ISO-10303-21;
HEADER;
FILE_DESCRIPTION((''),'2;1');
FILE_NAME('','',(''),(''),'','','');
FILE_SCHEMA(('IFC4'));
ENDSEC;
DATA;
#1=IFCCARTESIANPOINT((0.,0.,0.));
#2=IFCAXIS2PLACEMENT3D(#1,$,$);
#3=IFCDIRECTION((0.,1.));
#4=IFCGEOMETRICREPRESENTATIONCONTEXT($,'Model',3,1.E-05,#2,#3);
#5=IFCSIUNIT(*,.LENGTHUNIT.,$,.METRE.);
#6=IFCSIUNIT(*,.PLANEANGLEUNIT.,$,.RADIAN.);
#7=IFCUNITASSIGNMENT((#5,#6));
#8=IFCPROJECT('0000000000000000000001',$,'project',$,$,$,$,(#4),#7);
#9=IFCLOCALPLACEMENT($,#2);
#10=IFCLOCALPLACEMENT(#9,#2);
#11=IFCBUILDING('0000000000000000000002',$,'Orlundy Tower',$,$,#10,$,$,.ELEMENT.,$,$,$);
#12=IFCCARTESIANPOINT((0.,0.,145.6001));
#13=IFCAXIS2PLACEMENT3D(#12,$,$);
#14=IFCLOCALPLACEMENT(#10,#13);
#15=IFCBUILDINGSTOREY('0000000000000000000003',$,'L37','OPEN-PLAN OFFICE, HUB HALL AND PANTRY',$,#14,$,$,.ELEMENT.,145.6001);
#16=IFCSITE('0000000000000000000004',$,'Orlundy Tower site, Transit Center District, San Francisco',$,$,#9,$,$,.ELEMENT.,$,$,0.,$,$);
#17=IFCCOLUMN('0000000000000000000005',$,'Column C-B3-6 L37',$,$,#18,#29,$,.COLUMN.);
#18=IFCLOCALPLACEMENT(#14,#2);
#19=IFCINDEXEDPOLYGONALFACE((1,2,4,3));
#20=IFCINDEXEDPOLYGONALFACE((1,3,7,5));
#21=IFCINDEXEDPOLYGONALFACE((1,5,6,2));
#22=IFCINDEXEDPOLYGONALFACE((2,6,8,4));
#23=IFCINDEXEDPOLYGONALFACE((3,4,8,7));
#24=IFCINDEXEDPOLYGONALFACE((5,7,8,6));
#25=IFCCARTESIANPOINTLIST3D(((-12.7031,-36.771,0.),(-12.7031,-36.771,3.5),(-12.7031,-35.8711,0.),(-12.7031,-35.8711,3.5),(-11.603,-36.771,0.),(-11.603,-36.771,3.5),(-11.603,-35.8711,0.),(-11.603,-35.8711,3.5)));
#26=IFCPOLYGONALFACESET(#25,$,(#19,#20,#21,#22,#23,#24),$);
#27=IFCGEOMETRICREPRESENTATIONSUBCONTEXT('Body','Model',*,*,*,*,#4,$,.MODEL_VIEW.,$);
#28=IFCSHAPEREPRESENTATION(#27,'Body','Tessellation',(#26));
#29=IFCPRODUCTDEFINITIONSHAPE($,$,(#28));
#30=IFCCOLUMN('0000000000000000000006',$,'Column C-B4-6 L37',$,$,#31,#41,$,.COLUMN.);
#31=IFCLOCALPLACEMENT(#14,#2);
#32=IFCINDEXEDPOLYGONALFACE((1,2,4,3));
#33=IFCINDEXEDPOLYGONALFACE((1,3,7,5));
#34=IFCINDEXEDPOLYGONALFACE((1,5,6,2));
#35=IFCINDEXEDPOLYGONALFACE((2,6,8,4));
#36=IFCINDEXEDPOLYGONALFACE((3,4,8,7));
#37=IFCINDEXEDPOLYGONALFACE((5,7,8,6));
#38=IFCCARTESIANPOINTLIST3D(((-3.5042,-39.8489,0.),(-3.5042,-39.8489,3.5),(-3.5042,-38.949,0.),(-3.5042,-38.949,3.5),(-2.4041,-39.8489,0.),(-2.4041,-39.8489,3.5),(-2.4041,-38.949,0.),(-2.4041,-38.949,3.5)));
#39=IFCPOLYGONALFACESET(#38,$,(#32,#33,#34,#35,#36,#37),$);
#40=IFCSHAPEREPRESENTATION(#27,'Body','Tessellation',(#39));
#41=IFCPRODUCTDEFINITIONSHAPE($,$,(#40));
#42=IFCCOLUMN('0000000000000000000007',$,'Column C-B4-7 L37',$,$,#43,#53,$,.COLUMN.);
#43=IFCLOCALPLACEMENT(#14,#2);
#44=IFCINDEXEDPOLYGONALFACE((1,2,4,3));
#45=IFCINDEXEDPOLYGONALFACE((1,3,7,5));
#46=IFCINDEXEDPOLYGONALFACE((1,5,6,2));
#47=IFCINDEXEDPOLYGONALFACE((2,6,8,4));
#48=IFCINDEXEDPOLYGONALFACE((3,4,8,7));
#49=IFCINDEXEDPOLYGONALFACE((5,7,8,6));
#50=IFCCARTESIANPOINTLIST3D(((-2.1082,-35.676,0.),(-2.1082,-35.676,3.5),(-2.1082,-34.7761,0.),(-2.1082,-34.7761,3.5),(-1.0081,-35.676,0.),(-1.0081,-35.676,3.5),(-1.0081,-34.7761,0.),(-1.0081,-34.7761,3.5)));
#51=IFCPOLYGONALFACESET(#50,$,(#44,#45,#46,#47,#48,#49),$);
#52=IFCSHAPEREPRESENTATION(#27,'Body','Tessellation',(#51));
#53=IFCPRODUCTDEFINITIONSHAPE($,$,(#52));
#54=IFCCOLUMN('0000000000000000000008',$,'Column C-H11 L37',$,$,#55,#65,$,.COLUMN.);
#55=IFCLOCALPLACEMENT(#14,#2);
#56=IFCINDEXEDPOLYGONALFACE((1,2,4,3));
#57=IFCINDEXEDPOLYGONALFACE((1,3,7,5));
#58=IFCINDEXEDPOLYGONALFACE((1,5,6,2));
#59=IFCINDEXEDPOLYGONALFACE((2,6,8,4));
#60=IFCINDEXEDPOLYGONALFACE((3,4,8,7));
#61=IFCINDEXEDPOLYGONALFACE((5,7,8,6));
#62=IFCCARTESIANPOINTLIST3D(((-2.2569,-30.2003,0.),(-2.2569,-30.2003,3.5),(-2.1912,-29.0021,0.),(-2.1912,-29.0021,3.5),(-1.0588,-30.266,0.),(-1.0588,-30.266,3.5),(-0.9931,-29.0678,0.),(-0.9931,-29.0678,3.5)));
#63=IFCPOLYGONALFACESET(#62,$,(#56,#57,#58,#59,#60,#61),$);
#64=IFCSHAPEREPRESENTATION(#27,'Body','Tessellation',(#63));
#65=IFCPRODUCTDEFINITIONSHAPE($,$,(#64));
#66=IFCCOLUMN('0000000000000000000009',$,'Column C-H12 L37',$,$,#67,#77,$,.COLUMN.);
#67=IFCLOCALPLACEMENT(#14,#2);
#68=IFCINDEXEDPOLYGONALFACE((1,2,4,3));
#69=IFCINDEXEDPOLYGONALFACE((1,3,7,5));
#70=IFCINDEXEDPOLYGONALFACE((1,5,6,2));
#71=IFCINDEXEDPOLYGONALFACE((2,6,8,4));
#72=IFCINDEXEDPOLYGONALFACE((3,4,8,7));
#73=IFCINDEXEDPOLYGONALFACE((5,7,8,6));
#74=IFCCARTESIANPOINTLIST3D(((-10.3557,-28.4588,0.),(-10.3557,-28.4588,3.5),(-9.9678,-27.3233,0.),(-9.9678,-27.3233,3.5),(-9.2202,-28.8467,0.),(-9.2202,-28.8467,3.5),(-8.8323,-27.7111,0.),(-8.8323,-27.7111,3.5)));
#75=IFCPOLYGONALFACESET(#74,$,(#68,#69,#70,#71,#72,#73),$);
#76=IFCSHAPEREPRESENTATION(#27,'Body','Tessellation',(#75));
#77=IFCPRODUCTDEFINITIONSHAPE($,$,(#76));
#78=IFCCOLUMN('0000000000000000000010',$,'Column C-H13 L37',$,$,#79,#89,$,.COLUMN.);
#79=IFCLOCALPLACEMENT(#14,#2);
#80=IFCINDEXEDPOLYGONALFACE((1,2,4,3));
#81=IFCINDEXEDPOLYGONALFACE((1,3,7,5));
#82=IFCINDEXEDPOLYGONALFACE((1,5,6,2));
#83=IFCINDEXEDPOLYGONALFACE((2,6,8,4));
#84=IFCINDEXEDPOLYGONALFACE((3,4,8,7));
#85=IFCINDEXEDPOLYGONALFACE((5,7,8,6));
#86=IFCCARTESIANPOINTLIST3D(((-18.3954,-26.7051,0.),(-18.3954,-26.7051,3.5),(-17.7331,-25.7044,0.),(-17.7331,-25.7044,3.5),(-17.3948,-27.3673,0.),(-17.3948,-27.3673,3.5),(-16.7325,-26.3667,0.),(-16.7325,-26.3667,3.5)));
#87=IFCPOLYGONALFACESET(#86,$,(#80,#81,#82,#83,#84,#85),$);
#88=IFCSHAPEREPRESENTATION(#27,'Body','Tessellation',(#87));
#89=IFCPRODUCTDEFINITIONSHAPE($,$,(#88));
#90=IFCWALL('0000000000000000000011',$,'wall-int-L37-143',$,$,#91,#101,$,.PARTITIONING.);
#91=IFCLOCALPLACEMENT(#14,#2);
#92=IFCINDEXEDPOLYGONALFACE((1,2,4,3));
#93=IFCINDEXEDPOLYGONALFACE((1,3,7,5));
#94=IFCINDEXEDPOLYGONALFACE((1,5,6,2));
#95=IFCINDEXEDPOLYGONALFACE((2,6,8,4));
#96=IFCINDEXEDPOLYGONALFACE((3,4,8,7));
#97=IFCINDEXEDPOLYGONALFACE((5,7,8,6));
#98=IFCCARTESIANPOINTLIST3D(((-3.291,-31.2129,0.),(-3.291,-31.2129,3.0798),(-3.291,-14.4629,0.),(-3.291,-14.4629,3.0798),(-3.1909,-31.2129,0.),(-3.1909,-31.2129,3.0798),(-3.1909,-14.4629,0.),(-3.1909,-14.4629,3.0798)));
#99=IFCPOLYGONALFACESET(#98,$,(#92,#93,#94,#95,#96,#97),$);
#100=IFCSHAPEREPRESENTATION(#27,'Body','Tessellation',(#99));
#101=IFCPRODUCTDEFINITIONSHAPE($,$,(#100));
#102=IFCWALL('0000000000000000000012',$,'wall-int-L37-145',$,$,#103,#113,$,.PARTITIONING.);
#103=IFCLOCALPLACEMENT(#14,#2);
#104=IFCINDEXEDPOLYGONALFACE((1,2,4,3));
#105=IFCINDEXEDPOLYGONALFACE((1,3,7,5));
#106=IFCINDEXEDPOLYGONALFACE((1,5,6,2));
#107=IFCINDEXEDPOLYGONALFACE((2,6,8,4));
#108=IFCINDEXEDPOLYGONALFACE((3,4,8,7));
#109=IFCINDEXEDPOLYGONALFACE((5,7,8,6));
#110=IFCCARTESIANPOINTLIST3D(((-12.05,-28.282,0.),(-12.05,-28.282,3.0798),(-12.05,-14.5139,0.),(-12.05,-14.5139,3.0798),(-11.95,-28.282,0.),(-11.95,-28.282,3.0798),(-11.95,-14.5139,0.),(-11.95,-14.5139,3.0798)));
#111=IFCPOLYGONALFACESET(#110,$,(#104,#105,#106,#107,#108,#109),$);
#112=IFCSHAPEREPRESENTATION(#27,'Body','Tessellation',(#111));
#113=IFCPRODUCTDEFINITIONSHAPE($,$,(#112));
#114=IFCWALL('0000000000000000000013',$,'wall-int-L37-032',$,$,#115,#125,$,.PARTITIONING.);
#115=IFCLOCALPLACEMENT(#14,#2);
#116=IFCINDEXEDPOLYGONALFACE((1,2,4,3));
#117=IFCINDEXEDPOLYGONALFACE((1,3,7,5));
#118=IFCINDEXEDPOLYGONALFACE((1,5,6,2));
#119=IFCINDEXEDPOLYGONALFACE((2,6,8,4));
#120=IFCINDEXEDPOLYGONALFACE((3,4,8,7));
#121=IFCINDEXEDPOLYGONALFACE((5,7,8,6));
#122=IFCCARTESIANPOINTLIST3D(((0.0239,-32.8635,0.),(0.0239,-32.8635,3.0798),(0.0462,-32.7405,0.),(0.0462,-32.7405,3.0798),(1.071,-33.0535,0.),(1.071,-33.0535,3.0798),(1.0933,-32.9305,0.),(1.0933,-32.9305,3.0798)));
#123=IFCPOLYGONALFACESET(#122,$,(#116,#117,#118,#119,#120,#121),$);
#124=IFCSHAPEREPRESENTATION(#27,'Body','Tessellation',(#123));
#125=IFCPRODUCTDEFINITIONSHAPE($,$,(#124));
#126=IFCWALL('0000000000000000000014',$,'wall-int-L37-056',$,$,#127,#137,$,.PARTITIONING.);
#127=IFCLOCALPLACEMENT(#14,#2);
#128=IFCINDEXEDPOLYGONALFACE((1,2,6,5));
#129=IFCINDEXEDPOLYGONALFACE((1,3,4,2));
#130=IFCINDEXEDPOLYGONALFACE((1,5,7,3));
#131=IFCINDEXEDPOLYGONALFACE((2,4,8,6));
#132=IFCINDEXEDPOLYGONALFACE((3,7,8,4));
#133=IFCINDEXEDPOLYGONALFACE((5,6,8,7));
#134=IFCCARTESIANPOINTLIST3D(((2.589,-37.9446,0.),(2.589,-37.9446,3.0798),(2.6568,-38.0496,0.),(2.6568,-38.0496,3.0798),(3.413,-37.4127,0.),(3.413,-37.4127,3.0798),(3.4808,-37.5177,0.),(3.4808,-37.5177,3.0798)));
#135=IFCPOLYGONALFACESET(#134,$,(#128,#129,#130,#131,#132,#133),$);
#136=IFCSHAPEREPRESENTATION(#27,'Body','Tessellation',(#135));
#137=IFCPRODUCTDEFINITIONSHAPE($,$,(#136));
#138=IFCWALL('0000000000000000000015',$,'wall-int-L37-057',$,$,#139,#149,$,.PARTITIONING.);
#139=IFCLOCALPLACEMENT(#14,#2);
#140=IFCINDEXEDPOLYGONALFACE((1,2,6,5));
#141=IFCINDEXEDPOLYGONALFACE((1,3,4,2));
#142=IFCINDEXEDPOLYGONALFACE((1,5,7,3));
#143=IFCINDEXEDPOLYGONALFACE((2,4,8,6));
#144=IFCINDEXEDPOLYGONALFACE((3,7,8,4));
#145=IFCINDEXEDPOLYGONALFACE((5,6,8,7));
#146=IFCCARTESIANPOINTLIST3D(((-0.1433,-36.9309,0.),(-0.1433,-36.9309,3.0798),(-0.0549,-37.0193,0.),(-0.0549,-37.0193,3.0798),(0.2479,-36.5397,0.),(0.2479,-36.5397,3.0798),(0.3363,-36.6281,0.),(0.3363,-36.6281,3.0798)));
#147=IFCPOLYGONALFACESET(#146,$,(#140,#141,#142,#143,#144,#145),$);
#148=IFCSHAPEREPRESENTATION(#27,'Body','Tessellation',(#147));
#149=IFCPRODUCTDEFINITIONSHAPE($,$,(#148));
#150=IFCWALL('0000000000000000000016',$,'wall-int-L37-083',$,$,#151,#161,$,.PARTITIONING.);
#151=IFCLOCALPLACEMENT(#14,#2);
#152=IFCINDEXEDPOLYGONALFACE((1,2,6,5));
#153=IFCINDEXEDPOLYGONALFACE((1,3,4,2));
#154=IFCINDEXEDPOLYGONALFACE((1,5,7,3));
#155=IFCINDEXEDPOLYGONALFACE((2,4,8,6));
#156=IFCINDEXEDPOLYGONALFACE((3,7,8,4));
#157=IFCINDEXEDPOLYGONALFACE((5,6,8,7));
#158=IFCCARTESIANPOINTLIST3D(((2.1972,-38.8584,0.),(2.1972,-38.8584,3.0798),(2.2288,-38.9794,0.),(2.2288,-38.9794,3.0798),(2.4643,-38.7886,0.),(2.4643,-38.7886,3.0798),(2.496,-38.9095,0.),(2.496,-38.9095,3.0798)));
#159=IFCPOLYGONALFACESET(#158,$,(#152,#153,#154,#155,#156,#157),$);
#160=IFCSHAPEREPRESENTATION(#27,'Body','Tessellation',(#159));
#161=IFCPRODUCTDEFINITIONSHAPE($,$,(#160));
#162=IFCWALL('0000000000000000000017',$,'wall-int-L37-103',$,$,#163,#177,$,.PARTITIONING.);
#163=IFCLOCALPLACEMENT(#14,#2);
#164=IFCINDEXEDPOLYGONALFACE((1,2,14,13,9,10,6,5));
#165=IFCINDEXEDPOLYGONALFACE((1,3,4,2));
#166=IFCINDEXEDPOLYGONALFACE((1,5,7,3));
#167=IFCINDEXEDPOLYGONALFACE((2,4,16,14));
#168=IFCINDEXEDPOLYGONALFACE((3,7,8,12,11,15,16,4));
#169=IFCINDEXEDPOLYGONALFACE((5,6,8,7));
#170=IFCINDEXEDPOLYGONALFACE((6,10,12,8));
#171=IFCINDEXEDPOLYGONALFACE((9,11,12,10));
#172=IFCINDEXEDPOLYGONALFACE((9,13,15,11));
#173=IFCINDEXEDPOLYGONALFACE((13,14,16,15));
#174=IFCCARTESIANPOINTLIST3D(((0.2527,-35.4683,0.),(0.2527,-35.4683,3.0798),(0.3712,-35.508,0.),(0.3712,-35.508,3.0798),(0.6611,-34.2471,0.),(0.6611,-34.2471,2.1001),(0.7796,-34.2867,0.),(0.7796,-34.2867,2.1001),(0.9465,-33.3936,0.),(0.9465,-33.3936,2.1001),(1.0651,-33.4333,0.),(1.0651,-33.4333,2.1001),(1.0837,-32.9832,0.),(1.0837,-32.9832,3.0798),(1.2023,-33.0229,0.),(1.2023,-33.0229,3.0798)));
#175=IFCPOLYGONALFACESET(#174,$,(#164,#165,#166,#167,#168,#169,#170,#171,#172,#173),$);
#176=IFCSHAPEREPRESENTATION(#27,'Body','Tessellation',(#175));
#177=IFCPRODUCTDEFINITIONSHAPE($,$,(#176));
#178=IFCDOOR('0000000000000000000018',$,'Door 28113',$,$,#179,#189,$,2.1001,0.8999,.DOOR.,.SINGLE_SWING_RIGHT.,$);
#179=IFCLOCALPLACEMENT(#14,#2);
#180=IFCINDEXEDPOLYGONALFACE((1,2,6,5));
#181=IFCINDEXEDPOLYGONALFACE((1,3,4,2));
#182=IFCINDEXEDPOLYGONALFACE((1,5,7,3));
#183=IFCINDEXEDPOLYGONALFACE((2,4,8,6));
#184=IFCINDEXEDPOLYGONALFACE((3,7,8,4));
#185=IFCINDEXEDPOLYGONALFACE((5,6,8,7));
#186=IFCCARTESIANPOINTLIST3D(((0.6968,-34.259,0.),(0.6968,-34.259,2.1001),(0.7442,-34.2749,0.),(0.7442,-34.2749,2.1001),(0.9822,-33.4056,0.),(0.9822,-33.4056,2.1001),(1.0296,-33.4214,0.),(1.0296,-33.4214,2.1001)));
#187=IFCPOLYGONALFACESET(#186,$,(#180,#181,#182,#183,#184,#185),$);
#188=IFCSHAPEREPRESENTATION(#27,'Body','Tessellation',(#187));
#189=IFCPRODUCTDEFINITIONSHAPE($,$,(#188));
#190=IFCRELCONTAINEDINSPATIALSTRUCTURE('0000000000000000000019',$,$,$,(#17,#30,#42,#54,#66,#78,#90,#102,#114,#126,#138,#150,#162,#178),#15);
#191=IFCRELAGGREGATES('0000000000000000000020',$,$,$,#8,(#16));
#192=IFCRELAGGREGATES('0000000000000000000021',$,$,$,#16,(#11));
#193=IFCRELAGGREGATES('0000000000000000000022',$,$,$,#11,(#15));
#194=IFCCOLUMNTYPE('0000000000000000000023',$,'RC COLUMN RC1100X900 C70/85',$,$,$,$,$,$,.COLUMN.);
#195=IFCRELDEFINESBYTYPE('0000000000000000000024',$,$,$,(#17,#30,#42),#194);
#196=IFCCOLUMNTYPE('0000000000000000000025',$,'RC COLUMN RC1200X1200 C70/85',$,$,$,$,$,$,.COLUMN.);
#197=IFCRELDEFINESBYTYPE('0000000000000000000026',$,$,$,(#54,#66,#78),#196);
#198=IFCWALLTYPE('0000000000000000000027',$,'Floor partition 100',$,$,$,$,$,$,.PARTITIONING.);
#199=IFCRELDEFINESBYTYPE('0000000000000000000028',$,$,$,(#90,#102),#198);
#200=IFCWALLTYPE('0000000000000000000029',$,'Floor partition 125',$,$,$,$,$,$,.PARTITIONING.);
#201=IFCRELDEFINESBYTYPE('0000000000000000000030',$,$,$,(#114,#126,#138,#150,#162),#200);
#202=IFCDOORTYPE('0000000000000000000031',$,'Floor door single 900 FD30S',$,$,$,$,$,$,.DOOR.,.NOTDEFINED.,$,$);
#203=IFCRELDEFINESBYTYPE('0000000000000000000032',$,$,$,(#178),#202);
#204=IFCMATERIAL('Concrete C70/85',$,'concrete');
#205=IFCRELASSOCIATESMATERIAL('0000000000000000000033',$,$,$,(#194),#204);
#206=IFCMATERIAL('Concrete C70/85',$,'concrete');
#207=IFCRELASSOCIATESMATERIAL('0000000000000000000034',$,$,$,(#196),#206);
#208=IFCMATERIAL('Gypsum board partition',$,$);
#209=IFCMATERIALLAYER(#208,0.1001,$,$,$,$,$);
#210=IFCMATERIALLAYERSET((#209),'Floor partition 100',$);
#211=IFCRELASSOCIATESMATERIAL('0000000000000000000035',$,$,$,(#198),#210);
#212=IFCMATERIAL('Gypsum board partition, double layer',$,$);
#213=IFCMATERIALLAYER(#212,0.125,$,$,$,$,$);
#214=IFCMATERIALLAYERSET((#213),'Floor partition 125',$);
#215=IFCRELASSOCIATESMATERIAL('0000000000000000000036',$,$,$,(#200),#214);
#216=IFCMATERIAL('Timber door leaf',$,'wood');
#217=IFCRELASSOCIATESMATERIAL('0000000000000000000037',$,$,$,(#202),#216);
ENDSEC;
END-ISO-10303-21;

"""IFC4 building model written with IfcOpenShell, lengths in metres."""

from ifc_helpers import new_model, si_unit, direction, frame, frame_2d, origin, origin_2d, place, context, subcontext, project, spatial, rectangle, extrude, material, layer, layer_set, material_profile, profile_set, type_object, element, fill, save


model = new_model("IFC4")

# Units and contexts
model_context = context("Model", 3, precision=1e-05, world=origin(), true_north=direction((0.0, 1.0)))
body_context = subcontext(model_context, "Body", "Model", "MODEL_VIEW")
ifc_project = project(units=[si_unit("LENGTHUNIT", "METRE"), si_unit("PLANEANGLEUNIT", "RADIAN")], contexts=[model_context])

# Site, building, storey
site_placement = place(None, origin())
site = spatial("IfcSite", under=ifc_project, at=site_placement, Name="Orlundy Tower site, Transit Center District, San Francisco", CompositionType="ELEMENT", RefElevation=0.0)
building_placement = place(site_placement, origin())
building = spatial("IfcBuilding", under=site, at=building_placement, Name="Orlundy Tower", CompositionType="ELEMENT")
storey_placement = place(building_placement, frame((0.0, 0.0, 145.6001)))
storey = spatial("IfcBuildingStorey", under=building, at=storey_placement, Name="L37", Description="OPEN-PLAN OFFICE, HUB HALL AND PANTRY", CompositionType="ELEMENT", Elevation=145.6001)

# Columns
ifc_material_1 = material(Name="Concrete C70/85", Category="concrete")
ifc_material_profile_1 = material_profile(ifc_material_1, rectangle(XDim=1.1001, YDim=0.8999, at=origin_2d()), Name="RC1100X900")
ifc_profile_set_1 = profile_set([ifc_material_profile_1], Name="Concrete C70/85")
column_type_1 = type_object("IfcColumnType", Name="RC COLUMN RC1100X900 C70/85", PredefinedType="COLUMN", material=ifc_profile_set_1)
for number, where, z_axis, x_axis, name in (
    (1, (-12.1531, -36.321, 0.0), (0.0, 0.0, 1.0), (1.0, 0.0, 0.0), "Column C-B3-6 L37"),
    (2, (-2.9541, -39.3989, 0.0), (0.0, 0.0, 1.0), (1.0, 0.0, 0.0), "Column C-B4-6 L37"),
    (3, (-1.5581, -35.2261, 0.0), (0.0, 0.0, 1.0), (1.0, 0.0, 0.0), "Column C-B4-7 L37"),
):
    element("IfcColumn", number, at=place(storey_placement, frame(where, z_axis=z_axis, x_axis=x_axis)), inside=storey, type_object=column_type_1, Name=name, PredefinedType="COLUMN", context=body_context, shape_type="SweptSolid", body=[
        extrude(rectangle(XDim=1.1001, YDim=0.8999, at=origin_2d()), origin(), (0.0, 0.0, 1.0), 3.5),
    ])
ifc_material_2 = material(Name="Concrete C70/85", Category="concrete")
ifc_material_profile_2 = material_profile(ifc_material_2, rectangle(XDim=1.2, YDim=1.2, at=origin_2d()), Name="RC1200X1200")
ifc_profile_set_2 = profile_set([ifc_material_profile_2], Name="Concrete C70/85")
column_type_2 = type_object("IfcColumnType", Name="RC COLUMN RC1200X1200 C70/85", PredefinedType="COLUMN", material=ifc_profile_set_2)
for number, where, z_axis, x_axis, name in (
    (4, (-1.625, -29.634, 0.0), (0.0, 0.0, 1.0), (-0.054758, -0.9985, 0.0), "Column C-H11 L37"),
    (5, (-9.594, -28.085, 0.0), (0.0, 0.0, 1.0), (-0.323257, -0.946311, 0.0), "Column C-H12 L37"),
    (6, (-17.564, -26.5359, 0.0), (0.0, 0.0, 1.0), (-0.551937, -0.833886, 0.0), "Column C-H13 L37"),
):
    element("IfcColumn", number, at=place(storey_placement, frame(where, z_axis=z_axis, x_axis=x_axis)), inside=storey, type_object=column_type_2, Name=name, PredefinedType="COLUMN", context=body_context, shape_type="SweptSolid", body=[
        extrude(rectangle(XDim=1.2, YDim=1.2, at=origin_2d()), origin(), (0.0, 0.0, 1.0), 3.5),
    ])

# Walls
ifc_material_3 = material(Name="Gypsum board partition")
ifc_layer_1 = layer(ifc_material_3, 0.1001)
ifc_layer_set_1 = layer_set([ifc_layer_1], Name="Floor partition 100")
wall_type_1 = type_object("IfcWallType", Name="Floor partition 100", PredefinedType="PARTITIONING", material=ifc_layer_set_1)
wall_1_placement = place(storey_placement, frame((-3.241, -31.2129, 0.0), z_axis=(0.0, 0.0, 1.0), x_axis=(0.0, 1.0, 0.0)))
element("IfcWall", 7, at=wall_1_placement, inside=storey, type_object=wall_type_1, Name="wall-int-L37-143", PredefinedType="PARTITIONING", context=body_context, shape_type="SweptSolid", body=[
    extrude(rectangle(XDim=16.75, YDim=0.1001, at=frame_2d((8.375, 0.0))), origin(), (0.0, 0.0, 1.0), 3.0798),
])
wall_2_placement = place(storey_placement, frame((-12.0, -28.282, 0.0), z_axis=(0.0, 0.0, 1.0), x_axis=(0.0, 1.0, 0.0)))
element("IfcWall", 8, at=wall_2_placement, inside=storey, type_object=wall_type_1, Name="wall-int-L37-145", PredefinedType="PARTITIONING", context=body_context, shape_type="SweptSolid", body=[
    extrude(rectangle(XDim=13.7681, YDim=0.1001, at=frame_2d((6.884, 0.0))), origin(), (0.0, 0.0, 1.0), 3.0798),
])
ifc_material_4 = material(Name="Gypsum board partition, double layer")
ifc_layer_2 = layer(ifc_material_4, 0.125)
ifc_layer_set_2 = layer_set([ifc_layer_2], Name="Floor partition 125")
wall_type_2 = type_object("IfcWallType", Name="Floor partition 125", PredefinedType="PARTITIONING", material=ifc_layer_set_2)
wall_3_placement = place(storey_placement, frame((0.0349, -32.802, 0.0), z_axis=(0.0, 0.0, 1.0), x_axis=(0.983943, -0.178482, 0.0)))
element("IfcWall", 9, at=wall_3_placement, inside=storey, type_object=wall_type_2, Name="wall-int-L37-032", PredefinedType="PARTITIONING", context=body_context, shape_type="SweptSolid", body=[
    extrude(rectangle(XDim=1.0642, YDim=0.125, at=frame_2d((0.5322, 0.0))), origin(), (0.0, 0.0, 1.0), 3.0798),
])
wall_4_placement = place(storey_placement, frame((2.623, -37.9971, 0.0), z_axis=(0.0, 0.0, 1.0), x_axis=(0.840117, 0.542405, 0.0)))
element("IfcWall", 10, at=wall_4_placement, inside=storey, type_object=wall_type_2, Name="wall-int-L37-056", PredefinedType="PARTITIONING", context=body_context, shape_type="SweptSolid", body=[
    extrude(rectangle(XDim=0.9807, YDim=0.125, at=frame_2d((0.4902, 0.0))), origin(), (0.0, 0.0, 1.0), 3.0798),
])
wall_5_placement = place(storey_placement, frame((-0.0991, -36.9751, 0.0), z_axis=(0.0, 0.0, 1.0), x_axis=(0.707107, 0.707107, 0.0)))
element("IfcWall", 11, at=wall_5_placement, inside=storey, type_object=wall_type_2, Name="wall-int-L37-057", PredefinedType="PARTITIONING", context=body_context, shape_type="SweptSolid", body=[
    extrude(rectangle(XDim=0.5532, YDim=0.125, at=frame_2d((0.2766, 0.0))), origin(), (0.0, 0.0, 1.0), 3.0798),
])
wall_6_placement = place(storey_placement, frame((2.2129, -38.9189, 0.0), z_axis=(0.0, 0.0, 1.0), x_axis=(0.967486, 0.252926, 0.0)))
element("IfcWall", 12, at=wall_6_placement, inside=storey, type_object=wall_type_2, Name="wall-int-L37-083", PredefinedType="PARTITIONING", context=body_context, shape_type="SweptSolid", body=[
    extrude(rectangle(XDim=0.2761, YDim=0.125, at=frame_2d((0.1382, 0.0))), origin(), (0.0, 0.0, 1.0), 3.0798),
])

# Wall, opening, door
wall_7_placement = place(storey_placement, frame((0.312, -35.488, 0.0), z_axis=(0.0, 0.0, 1.0), x_axis=(0.31715, 0.948375, 0.0)))
wall_7 = element("IfcWall", 13, at=wall_7_placement, inside=storey, type_object=wall_type_2, Name="wall-int-L37-103", PredefinedType="PARTITIONING", context=body_context, shape_type="SweptSolid", body=[
    extrude(rectangle(XDim=2.6204, YDim=0.125, at=frame_2d((1.3101, 0.0))), origin(), (0.0, 0.0, 1.0), 3.0798),
])
opening_1_placement = place(wall_7_placement, frame((1.2876, 0.0, 0.0)))
opening_1 = element("IfcOpeningElement", 14, at=opening_1_placement, cuts=wall_7, PredefinedType="OPENING", context=body_context, shape_type="SweptSolid", body=[
    extrude(rectangle(XDim=0.8999, YDim=2.1001, at=frame_2d((0.45, 1.05))), frame((0.0, 0.0725, 0.0), z_axis=(0.0, -1.0, 0.0), x_axis=(1.0, 0.0, 0.0)), (0.0, 0.0, 1.0), 0.145),
])
ifc_material_5 = material(Name="Timber door leaf", Category="wood")
door_type_1 = type_object("IfcDoorType", Name="Floor door single 900 FD30S", OperationType="NOTDEFINED", PredefinedType="DOOR", material=ifc_material_5)
door_1_placement = place(opening_1_placement, origin())
door_1 = element("IfcDoor", 15, at=door_1_placement, inside=storey, type_object=door_type_1, Name="Door 28113", OperationType="SINGLE_SWING_RIGHT", OverallHeight=2.1001, OverallWidth=0.8999, PredefinedType="DOOR", context=body_context, shape_type="SweptSolid", body=[
    extrude(rectangle(XDim=0.8999, YDim=2.1001, at=frame_2d((0.45, 1.05))), frame((0.0, 0.0249, 0.0), z_axis=(0.0, -1.0, 0.0), x_axis=(1.0, 0.0, 0.0)), (0.0, 0.0, 1.0), 0.05),
])
fill(opening_1, door_1)

save(model, "model.ifc")
